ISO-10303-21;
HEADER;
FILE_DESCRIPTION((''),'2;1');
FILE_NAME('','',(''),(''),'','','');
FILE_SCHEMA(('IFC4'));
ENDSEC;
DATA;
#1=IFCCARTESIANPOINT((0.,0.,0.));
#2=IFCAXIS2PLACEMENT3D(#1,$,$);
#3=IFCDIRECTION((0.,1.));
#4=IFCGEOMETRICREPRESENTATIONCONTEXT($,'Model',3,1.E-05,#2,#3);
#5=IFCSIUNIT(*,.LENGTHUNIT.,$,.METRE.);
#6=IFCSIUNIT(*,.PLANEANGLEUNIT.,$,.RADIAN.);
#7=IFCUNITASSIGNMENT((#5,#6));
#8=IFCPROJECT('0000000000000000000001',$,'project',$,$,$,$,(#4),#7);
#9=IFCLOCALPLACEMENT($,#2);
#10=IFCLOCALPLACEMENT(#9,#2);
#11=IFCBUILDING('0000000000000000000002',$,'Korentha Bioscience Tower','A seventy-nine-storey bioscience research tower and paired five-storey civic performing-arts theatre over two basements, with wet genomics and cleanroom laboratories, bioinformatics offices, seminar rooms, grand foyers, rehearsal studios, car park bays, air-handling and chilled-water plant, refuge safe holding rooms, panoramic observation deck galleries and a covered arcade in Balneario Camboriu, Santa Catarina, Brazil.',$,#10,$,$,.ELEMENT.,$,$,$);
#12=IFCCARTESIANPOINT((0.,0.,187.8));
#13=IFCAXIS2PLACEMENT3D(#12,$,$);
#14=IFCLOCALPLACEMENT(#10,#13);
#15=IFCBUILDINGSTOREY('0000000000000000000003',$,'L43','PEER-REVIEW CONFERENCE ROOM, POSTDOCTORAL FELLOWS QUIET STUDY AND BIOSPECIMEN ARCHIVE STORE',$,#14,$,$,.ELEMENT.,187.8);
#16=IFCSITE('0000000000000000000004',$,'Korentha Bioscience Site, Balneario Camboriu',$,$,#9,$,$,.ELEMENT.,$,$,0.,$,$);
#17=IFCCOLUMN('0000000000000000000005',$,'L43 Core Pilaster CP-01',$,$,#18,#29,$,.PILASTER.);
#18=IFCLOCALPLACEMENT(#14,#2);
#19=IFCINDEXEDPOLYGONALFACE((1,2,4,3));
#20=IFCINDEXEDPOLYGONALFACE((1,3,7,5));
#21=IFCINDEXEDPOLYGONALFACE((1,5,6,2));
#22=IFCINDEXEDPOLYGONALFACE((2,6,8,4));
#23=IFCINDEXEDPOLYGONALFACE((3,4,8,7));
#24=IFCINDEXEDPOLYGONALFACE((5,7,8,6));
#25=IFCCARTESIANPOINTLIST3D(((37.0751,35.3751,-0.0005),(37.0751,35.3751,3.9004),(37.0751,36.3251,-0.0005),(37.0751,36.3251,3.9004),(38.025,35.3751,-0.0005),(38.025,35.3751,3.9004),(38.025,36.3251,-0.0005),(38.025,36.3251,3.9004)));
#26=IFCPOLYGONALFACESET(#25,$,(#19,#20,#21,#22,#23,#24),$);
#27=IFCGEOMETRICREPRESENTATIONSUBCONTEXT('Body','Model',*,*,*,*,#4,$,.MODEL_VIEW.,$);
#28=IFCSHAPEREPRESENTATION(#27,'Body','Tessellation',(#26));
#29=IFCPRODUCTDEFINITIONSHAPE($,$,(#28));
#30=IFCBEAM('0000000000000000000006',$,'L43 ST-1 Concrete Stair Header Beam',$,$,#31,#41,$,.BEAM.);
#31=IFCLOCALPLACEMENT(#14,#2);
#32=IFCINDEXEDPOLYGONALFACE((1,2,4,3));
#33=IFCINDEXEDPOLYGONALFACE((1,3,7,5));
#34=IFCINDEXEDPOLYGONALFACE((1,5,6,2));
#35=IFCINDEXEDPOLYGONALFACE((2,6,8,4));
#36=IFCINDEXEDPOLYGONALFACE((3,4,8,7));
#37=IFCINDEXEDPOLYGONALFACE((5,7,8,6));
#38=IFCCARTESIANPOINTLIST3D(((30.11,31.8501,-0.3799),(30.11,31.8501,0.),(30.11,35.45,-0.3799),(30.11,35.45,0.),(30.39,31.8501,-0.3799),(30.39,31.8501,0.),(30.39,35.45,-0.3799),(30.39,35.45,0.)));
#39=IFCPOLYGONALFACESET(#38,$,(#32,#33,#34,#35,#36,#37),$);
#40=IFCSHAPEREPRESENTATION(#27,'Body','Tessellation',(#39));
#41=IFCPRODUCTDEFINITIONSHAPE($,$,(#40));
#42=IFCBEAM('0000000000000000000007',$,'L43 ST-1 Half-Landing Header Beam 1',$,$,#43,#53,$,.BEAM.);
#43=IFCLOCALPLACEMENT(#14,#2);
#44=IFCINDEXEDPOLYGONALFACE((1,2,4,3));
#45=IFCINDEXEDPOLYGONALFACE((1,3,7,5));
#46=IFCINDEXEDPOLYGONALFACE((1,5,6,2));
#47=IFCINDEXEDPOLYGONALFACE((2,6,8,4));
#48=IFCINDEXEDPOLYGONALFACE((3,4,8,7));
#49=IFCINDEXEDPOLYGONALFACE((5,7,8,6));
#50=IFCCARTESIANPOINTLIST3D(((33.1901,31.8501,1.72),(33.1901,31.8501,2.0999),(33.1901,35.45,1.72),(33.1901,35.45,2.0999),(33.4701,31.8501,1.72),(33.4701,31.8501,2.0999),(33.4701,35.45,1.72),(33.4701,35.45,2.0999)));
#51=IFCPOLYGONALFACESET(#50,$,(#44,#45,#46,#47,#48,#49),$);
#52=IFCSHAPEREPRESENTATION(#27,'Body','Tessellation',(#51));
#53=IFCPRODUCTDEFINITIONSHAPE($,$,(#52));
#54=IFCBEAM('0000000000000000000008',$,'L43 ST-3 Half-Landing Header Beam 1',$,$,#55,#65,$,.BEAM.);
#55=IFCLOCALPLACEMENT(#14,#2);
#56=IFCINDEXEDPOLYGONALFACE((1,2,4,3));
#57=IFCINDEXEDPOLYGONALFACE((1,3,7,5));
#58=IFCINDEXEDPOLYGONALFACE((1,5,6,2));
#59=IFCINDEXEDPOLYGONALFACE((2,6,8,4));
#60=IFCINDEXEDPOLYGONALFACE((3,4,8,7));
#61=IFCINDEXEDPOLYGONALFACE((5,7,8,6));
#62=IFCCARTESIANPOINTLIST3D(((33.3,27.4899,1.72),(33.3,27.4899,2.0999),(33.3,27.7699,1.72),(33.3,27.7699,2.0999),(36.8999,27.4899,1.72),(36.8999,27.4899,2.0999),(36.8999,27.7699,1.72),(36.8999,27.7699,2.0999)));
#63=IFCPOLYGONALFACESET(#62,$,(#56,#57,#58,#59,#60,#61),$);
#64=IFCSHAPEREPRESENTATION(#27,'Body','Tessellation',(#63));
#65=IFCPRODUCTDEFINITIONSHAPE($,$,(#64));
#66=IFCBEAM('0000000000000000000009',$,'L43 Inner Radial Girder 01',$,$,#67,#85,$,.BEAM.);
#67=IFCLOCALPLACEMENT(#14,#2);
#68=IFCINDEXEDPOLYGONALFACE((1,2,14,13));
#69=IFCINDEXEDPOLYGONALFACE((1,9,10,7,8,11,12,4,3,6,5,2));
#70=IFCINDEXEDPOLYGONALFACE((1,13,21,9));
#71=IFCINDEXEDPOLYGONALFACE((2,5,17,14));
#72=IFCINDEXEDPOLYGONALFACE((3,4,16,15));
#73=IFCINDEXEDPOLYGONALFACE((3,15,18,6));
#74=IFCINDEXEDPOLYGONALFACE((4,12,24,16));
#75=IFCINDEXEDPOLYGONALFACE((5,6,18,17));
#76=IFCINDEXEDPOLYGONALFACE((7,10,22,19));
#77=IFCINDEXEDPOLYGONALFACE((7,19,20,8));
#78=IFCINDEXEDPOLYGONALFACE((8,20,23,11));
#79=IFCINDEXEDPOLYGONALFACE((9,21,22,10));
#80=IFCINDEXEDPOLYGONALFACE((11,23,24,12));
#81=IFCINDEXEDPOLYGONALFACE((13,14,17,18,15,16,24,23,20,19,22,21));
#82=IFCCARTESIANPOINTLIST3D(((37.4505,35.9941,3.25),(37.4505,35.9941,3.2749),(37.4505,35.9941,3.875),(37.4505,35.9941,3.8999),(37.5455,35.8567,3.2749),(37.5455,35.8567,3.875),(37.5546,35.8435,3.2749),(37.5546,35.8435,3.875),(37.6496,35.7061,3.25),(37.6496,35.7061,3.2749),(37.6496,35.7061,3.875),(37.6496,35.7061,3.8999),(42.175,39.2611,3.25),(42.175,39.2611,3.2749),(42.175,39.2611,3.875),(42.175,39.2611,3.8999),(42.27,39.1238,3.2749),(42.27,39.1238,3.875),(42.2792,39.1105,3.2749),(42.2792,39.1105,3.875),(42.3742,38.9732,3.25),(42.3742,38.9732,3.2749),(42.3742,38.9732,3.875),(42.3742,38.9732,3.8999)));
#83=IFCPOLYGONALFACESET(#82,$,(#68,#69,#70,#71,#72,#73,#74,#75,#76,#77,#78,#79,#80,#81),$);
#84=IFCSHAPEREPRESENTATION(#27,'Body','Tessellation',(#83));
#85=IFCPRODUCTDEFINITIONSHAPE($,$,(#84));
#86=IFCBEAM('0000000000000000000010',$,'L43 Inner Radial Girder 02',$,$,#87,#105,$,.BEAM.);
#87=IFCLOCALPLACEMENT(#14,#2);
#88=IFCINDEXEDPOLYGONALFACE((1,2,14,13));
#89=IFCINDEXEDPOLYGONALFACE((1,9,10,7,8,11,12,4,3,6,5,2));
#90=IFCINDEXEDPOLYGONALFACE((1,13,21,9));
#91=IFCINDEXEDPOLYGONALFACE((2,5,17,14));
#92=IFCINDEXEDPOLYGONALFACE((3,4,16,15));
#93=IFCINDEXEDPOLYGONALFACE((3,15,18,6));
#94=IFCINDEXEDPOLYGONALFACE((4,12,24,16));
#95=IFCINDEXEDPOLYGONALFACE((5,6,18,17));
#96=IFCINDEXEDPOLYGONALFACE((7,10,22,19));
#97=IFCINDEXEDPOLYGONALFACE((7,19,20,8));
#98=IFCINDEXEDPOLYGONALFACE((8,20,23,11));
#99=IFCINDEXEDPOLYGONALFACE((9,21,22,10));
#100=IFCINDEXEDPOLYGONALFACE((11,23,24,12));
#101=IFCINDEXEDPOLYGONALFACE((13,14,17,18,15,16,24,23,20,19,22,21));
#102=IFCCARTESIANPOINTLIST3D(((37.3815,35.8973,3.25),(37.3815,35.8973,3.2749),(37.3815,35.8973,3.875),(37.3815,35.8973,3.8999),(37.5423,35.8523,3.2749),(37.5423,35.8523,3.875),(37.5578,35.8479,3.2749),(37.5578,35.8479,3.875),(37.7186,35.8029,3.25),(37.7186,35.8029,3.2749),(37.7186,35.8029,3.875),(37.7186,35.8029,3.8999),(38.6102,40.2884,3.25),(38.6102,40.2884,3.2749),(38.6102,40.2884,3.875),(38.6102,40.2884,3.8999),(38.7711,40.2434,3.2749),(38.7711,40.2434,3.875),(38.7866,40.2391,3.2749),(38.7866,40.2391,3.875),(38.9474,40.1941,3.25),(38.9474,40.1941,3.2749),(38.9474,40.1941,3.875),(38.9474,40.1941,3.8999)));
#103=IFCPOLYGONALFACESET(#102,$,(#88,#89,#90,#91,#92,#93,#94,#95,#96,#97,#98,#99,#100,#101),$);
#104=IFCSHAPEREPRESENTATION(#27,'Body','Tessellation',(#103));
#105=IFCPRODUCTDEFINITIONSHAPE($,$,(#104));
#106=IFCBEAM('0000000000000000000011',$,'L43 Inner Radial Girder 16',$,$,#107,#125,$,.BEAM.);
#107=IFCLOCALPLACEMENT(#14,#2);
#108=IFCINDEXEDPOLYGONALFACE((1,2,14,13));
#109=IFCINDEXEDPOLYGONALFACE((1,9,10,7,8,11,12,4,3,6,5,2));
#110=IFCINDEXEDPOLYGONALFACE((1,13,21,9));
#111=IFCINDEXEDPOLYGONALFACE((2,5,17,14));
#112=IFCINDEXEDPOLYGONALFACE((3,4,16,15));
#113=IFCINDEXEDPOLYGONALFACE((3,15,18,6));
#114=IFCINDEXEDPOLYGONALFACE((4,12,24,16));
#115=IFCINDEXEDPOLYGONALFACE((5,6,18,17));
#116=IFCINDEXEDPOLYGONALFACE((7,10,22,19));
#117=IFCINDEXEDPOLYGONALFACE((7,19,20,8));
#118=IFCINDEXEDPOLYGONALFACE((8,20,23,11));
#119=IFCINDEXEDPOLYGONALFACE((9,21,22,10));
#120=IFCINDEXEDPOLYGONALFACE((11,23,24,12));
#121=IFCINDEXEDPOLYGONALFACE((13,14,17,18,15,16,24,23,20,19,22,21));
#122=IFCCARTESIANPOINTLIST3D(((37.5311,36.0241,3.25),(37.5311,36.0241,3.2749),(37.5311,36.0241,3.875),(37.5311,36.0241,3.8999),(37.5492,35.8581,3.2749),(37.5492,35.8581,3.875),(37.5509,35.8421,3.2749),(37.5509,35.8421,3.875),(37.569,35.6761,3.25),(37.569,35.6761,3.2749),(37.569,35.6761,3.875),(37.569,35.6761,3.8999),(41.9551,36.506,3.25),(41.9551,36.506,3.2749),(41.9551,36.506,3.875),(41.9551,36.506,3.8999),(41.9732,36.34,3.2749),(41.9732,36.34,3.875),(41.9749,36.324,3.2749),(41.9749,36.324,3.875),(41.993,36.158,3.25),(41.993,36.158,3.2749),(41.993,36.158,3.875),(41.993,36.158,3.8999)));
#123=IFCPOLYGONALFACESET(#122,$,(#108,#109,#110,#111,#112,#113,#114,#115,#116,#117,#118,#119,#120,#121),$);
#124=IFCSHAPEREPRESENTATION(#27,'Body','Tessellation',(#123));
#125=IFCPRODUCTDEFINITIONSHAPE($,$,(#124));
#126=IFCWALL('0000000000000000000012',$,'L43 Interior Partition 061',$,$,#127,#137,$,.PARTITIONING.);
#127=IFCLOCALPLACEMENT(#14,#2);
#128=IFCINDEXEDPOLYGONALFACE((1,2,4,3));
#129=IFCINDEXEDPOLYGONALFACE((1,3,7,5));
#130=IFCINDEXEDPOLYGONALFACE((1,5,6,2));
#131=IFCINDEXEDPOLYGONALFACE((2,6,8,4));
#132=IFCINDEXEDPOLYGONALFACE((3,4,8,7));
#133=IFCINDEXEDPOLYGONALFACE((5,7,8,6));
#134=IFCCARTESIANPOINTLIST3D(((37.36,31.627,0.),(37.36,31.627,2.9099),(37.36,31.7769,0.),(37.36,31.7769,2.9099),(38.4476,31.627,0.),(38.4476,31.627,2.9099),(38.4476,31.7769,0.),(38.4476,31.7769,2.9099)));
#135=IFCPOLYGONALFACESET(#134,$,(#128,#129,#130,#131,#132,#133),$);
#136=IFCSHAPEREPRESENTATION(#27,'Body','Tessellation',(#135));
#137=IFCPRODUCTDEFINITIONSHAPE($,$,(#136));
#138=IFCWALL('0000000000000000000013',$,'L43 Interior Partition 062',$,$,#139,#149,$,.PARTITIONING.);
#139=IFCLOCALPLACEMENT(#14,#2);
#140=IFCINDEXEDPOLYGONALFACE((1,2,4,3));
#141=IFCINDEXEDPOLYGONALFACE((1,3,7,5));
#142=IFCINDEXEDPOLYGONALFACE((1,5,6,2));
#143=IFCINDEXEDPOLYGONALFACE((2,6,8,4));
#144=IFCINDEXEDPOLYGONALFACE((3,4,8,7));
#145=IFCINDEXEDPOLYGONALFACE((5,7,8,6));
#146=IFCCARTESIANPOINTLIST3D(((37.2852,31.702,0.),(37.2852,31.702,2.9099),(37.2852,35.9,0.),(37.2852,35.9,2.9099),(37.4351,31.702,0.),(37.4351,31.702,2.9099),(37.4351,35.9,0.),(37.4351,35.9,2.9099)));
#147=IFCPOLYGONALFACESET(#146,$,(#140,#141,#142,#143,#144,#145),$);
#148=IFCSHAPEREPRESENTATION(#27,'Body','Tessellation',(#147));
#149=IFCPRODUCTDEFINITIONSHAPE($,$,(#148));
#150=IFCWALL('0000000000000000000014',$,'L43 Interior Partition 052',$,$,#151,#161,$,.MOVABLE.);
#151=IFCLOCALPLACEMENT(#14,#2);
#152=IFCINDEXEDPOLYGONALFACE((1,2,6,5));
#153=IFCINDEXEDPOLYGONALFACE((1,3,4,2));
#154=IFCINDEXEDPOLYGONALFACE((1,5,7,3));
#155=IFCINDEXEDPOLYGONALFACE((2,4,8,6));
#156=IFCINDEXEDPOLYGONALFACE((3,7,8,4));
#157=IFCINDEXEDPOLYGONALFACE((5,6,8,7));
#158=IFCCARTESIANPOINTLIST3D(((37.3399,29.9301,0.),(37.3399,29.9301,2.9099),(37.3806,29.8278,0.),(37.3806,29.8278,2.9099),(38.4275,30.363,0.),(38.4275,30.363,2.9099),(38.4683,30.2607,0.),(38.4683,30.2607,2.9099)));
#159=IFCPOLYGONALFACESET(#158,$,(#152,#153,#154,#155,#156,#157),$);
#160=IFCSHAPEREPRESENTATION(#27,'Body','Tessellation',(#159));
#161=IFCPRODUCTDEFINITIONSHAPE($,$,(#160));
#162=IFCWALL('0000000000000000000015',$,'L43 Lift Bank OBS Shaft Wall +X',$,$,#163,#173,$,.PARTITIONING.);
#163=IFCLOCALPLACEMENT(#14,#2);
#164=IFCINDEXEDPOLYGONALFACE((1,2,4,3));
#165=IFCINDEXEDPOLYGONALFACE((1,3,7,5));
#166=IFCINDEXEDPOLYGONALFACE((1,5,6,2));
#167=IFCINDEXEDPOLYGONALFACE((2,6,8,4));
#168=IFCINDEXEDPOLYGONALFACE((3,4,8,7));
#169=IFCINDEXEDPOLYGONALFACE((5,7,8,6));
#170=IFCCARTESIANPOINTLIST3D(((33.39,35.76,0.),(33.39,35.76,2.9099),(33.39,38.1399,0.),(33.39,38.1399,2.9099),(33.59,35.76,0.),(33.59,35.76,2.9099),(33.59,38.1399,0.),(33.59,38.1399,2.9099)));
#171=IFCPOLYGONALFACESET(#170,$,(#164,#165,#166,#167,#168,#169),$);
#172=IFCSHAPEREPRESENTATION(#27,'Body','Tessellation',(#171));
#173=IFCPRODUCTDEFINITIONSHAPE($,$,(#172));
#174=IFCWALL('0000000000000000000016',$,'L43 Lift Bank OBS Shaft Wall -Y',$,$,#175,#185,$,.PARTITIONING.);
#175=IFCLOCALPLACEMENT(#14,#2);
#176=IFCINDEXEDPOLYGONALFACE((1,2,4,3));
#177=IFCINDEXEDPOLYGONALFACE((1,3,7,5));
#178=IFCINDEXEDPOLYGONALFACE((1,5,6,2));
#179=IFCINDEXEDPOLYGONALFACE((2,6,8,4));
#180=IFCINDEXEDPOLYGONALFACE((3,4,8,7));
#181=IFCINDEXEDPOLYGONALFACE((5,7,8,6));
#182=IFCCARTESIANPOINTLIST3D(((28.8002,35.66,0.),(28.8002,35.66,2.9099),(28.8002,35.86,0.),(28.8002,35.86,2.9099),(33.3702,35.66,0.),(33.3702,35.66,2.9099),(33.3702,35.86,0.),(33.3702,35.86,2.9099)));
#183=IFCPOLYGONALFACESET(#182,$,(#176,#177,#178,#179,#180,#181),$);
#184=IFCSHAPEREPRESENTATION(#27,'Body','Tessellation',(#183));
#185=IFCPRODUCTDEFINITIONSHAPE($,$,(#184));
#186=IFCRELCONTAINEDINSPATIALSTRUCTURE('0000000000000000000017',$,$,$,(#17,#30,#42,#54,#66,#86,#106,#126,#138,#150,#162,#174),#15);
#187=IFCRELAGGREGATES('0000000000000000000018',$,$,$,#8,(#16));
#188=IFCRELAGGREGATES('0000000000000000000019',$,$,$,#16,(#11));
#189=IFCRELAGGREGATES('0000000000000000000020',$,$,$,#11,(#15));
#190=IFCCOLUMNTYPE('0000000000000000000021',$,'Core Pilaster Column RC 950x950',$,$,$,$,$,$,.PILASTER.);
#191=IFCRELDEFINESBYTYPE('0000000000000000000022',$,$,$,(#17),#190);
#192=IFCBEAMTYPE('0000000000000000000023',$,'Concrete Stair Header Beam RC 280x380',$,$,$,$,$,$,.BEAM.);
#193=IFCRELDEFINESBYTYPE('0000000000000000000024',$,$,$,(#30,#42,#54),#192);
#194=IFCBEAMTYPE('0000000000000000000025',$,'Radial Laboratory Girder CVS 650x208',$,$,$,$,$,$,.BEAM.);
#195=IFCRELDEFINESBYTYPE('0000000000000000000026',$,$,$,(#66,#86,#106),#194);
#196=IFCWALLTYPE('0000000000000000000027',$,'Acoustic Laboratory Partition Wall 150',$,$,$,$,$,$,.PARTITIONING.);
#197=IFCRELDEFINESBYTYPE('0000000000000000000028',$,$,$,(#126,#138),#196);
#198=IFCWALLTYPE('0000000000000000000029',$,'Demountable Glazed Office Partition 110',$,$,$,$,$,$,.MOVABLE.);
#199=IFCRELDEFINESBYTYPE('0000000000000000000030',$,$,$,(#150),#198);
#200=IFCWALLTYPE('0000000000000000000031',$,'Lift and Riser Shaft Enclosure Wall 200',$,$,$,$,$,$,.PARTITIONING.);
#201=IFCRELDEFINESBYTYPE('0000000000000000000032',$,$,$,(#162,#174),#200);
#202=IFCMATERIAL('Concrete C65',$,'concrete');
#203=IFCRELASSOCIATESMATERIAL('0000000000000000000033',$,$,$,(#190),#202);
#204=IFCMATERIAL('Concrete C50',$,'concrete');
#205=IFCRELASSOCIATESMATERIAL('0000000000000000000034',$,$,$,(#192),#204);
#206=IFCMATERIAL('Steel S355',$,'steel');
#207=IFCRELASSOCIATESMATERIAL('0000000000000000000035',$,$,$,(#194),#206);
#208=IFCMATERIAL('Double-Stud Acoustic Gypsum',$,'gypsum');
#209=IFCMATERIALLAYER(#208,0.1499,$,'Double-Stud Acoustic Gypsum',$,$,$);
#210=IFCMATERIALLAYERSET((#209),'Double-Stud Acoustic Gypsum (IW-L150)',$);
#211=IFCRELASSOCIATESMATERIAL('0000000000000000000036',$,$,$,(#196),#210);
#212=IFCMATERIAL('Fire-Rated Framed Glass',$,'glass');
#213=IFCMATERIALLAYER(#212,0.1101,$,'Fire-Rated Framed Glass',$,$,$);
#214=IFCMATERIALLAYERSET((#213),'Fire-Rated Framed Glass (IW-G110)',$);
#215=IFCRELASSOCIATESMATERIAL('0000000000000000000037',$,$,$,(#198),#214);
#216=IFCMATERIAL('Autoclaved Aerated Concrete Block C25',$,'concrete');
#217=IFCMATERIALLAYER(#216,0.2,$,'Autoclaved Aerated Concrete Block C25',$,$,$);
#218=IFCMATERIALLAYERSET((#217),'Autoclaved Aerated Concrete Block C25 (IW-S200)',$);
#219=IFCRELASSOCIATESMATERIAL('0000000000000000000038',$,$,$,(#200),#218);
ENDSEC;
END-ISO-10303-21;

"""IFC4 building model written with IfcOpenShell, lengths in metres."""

from ifc_helpers import new_model, si_unit, direction, frame, frame_2d, origin, origin_2d, place, context, subcontext, project, spatial, rectangle, i_section, extrude, material, layer, layer_set, material_profile, profile_set, type_object, element, save


model = new_model("IFC4")

# Units and contexts
model_context = context("Model", 3, precision=1e-05, world=origin(), true_north=direction((0.0, 1.0)))
body_context = subcontext(model_context, "Body", "Model", "MODEL_VIEW")
ifc_project = project(units=[si_unit("LENGTHUNIT", "METRE"), si_unit("PLANEANGLEUNIT", "RADIAN")], contexts=[model_context])

# Site, building, storey
site_placement = place(None, origin())
site = spatial("IfcSite", under=ifc_project, at=site_placement, Name="Korentha Bioscience Site, Balneario Camboriu", CompositionType="ELEMENT", RefElevation=0.0)
building_placement = place(site_placement, origin())
building = spatial("IfcBuilding", under=site, at=building_placement, Name="Korentha Bioscience Tower", Description="A seventy-nine-storey bioscience research tower and paired five-storey civic performing-arts theatre over two basements, with wet genomics and cleanroom laboratories, bioinformatics offices, seminar rooms, grand foyers, rehearsal studios, car park bays, air-handling and chilled-water plant, refuge safe holding rooms, panoramic observation deck galleries and a covered arcade in Balneario Camboriu, Santa Catarina, Brazil.", CompositionType="ELEMENT")
storey_placement = place(building_placement, frame((0.0, 0.0, 187.8)))
storey = spatial("IfcBuildingStorey", under=building, at=storey_placement, Name="L43", Description="PEER-REVIEW CONFERENCE ROOM, POSTDOCTORAL FELLOWS QUIET STUDY AND BIOSPECIMEN ARCHIVE STORE", CompositionType="ELEMENT", Elevation=187.8)

# Column
ifc_material_1 = material(Name="Concrete C65", Category="concrete")
ifc_material_profile_1 = material_profile(ifc_material_1, rectangle(XDim=0.95, YDim=0.95, at=origin_2d()), Name="Concrete C65")
ifc_profile_set_1 = profile_set([ifc_material_profile_1], Name="Concrete C65 (COL-CP09)")
column_type = type_object("IfcColumnType", Name="Core Pilaster Column RC 950x950", PredefinedType="PILASTER", material=ifc_profile_set_1)
column_placement = place(storey_placement, frame((37.55, 35.8501, -0.0005), z_axis=(0.0, 0.0, 1.0), x_axis=(1.0, 0.0, 0.0)))
element("IfcColumn", 1, at=column_placement, inside=storey, type_object=column_type, Name="L43 Core Pilaster CP-01", PredefinedType="PILASTER", context=body_context, shape_type="SweptSolid", body=[
    extrude(rectangle(XDim=0.95, YDim=0.95, at=origin_2d()), origin(), (0.0, 0.0, 1.0), 3.9009),
])

# Beams
ifc_material_2 = material(Name="Concrete C50", Category="concrete")
ifc_material_profile_2 = material_profile(ifc_material_2, rectangle(XDim=0.28, YDim=0.3799, at=origin_2d()), Name="Concrete C50")
ifc_profile_set_2 = profile_set([ifc_material_profile_2], Name="Concrete C50 (ST-HB380)")
beam_type_1 = type_object("IfcBeamType", Name="Concrete Stair Header Beam RC 280x380", PredefinedType="BEAM", material=ifc_profile_set_2)
for number, where, z_axis, x_axis, name in (
    (2, (30.25, 31.8501, -0.1899), (0.0, 1.0, 0.0), (-1.0, 0.0, 0.0), "L43 ST-1 Concrete Stair Header Beam"),
    (3, (33.3301, 31.8501, 1.9099), (0.0, 1.0, 0.0), (-1.0, 0.0, 0.0), "L43 ST-1 Half-Landing Header Beam 1"),
    (4, (36.8999, 27.6299, 1.9099), (-1.0, 0.0, 0.0), (0.0, -1.0, 0.0), "L43 ST-3 Half-Landing Header Beam 1"),
):
    element("IfcBeam", number, at=place(storey_placement, frame(where, z_axis=z_axis, x_axis=x_axis)), inside=storey, type_object=beam_type_1, Name=name, PredefinedType="BEAM", context=body_context, shape_type="SweptSolid", body=[
        extrude(rectangle(XDim=0.28, YDim=0.3799, at=origin_2d()), origin(), (0.0, 0.0, 1.0), 3.5999),
    ])
ifc_material_3 = material(Name="Steel S355", Category="steel")
ifc_material_profile_3 = material_profile(ifc_material_3, i_section(OverallWidth=0.3501, OverallDepth=0.6499, WebThickness=0.0161, FlangeThickness=0.0249, at=origin_2d()), Name="Steel S355")
ifc_profile_set_3 = profile_set([ifc_material_profile_3], Name="Steel S355 (RB-650)")
beam_type_2 = type_object("IfcBeamType", Name="Radial Laboratory Girder CVS 650x208", PredefinedType="BEAM", material=ifc_profile_set_3)
beam_1_placement = place(storey_placement, frame((37.55, 35.8501, 3.575), z_axis=(0.822501, 0.568763, 0.0), x_axis=(-0.568763, 0.822501, 0.0)))
element("IfcBeam", 5, at=beam_1_placement, inside=storey, type_object=beam_type_2, Name="L43 Inner Radial Girder 01", PredefinedType="BEAM", context=body_context, shape_type="SweptSolid", body=[
    extrude(i_section(OverallWidth=0.3501, OverallDepth=0.6499, WebThickness=0.0161, FlangeThickness=0.0249, at=origin_2d()), origin(), (0.0, 0.0, 1.0), 5.7441),
])
beam_2_placement = place(storey_placement, frame((37.55, 35.8501, 3.575), z_axis=(0.269477, 0.963007, 0.0), x_axis=(-0.963007, 0.269477, 0.0)))
element("IfcBeam", 6, at=beam_2_placement, inside=storey, type_object=beam_type_2, Name="L43 Inner Radial Girder 02", PredefinedType="BEAM", context=body_context, shape_type="SweptSolid", body=[
    extrude(i_section(OverallWidth=0.3501, OverallDepth=0.6499, WebThickness=0.0161, FlangeThickness=0.0249, at=origin_2d()), origin(), (0.0, 0.0, 1.0), 4.5598),
])
beam_3_placement = place(storey_placement, frame((37.55, 35.8501, 3.575), z_axis=(0.994119, 0.108294, 0.0), x_axis=(-0.108294, 0.994119, 0.0)))
element("IfcBeam", 7, at=beam_3_placement, inside=storey, type_object=beam_type_2, Name="L43 Inner Radial Girder 16", PredefinedType="BEAM", context=body_context, shape_type="SweptSolid", body=[
    extrude(i_section(OverallWidth=0.3501, OverallDepth=0.6499, WebThickness=0.0161, FlangeThickness=0.0249, at=origin_2d()), origin(), (0.0, 0.0, 1.0), 4.4502),
])

# Walls
ifc_material_4 = material(Name="Double-Stud Acoustic Gypsum", Category="gypsum")
ifc_layer_1 = layer(ifc_material_4, 0.1499, Name="Double-Stud Acoustic Gypsum")
ifc_layer_set_1 = layer_set([ifc_layer_1], Name="Double-Stud Acoustic Gypsum (IW-L150)")
wall_type_1 = type_object("IfcWallType", Name="Acoustic Laboratory Partition Wall 150", PredefinedType="PARTITIONING", material=ifc_layer_set_1)
wall_1_placement = place(storey_placement, frame((38.4478, 31.7019, 0.0), z_axis=(0.0, 0.0, 1.0), x_axis=(-1.0, 0.0, 0.0)))
element("IfcWall", 8, at=wall_1_placement, inside=storey, type_object=wall_type_1, Name="L43 Interior Partition 061", PredefinedType="PARTITIONING", context=body_context, shape_type="SweptSolid", body=[
    extrude(rectangle(XDim=1.0876, YDim=0.1499, at=frame_2d((0.5439, 0.0))), origin(), (0.0, 0.0, 1.0), 2.9099),
])
wall_2_placement = place(storey_placement, frame((37.3601, 31.7019, 0.0), z_axis=(0.0, 0.0, 1.0), x_axis=(0.0, 1.0, 0.0)))
element("IfcWall", 9, at=wall_2_placement, inside=storey, type_object=wall_type_1, Name="L43 Interior Partition 062", PredefinedType="PARTITIONING", context=body_context, shape_type="SweptSolid", body=[
    extrude(rectangle(XDim=4.198, YDim=0.1499, at=frame_2d((2.0991, 0.0))), origin(), (0.0, 0.0, 1.0), 2.9099),
])
ifc_material_5 = material(Name="Fire-Rated Framed Glass", Category="glass")
ifc_layer_2 = layer(ifc_material_5, 0.1101, Name="Fire-Rated Framed Glass")
ifc_layer_set_2 = layer_set([ifc_layer_2], Name="Fire-Rated Framed Glass (IW-G110)")
wall_type_2 = type_object("IfcWallType", Name="Demountable Glazed Office Partition 110", PredefinedType="MOVABLE", material=ifc_layer_set_2)
wall_3_placement = place(storey_placement, frame((37.3601, 29.8789, 0.0), z_axis=(0.0, 0.0, 1.0), x_axis=(0.929123, 0.369772, 0.0)))
element("IfcWall", 10, at=wall_3_placement, inside=storey, type_object=wall_type_2, Name="L43 Interior Partition 052", PredefinedType="MOVABLE", context=body_context, shape_type="SweptSolid", body=[
    extrude(rectangle(XDim=1.1707, YDim=0.1101, at=frame_2d((0.5854, 0.0))), origin(), (0.0, 0.0, 1.0), 2.9099),
])
ifc_material_6 = material(Name="Autoclaved Aerated Concrete Block C25", Category="concrete")
ifc_layer_3 = layer(ifc_material_6, 0.2, Name="Autoclaved Aerated Concrete Block C25")
ifc_layer_set_3 = layer_set([ifc_layer_3], Name="Autoclaved Aerated Concrete Block C25 (IW-S200)")
wall_type_3 = type_object("IfcWallType", Name="Lift and Riser Shaft Enclosure Wall 200", PredefinedType="PARTITIONING", material=ifc_layer_set_3)
wall_4_placement = place(storey_placement, frame((33.49, 35.76, 0.0), z_axis=(0.0, 0.0, 1.0), x_axis=(0.0, 1.0, 0.0)))
element("IfcWall", 11, at=wall_4_placement, inside=storey, type_object=wall_type_3, Name="L43 Lift Bank OBS Shaft Wall +X", PredefinedType="PARTITIONING", context=body_context, shape_type="SweptSolid", body=[
    extrude(rectangle(XDim=2.3799, YDim=0.2, at=frame_2d((1.1899, 0.0))), origin(), (0.0, 0.0, 1.0), 2.9099),
])
wall_5_placement = place(storey_placement, frame((28.8, 35.76, 0.0), z_axis=(0.0, 0.0, 1.0), x_axis=(1.0, 0.0, 0.0)))
element("IfcWall", 12, at=wall_5_placement, inside=storey, type_object=wall_type_3, Name="L43 Lift Bank OBS Shaft Wall -Y", PredefinedType="PARTITIONING", context=body_context, shape_type="SweptSolid", body=[
    extrude(rectangle(XDim=4.5701, YDim=0.2, at=frame_2d((2.2852, 0.0))), origin(), (0.0, 0.0, 1.0), 2.9099),
])

save(model, "model.ifc")
